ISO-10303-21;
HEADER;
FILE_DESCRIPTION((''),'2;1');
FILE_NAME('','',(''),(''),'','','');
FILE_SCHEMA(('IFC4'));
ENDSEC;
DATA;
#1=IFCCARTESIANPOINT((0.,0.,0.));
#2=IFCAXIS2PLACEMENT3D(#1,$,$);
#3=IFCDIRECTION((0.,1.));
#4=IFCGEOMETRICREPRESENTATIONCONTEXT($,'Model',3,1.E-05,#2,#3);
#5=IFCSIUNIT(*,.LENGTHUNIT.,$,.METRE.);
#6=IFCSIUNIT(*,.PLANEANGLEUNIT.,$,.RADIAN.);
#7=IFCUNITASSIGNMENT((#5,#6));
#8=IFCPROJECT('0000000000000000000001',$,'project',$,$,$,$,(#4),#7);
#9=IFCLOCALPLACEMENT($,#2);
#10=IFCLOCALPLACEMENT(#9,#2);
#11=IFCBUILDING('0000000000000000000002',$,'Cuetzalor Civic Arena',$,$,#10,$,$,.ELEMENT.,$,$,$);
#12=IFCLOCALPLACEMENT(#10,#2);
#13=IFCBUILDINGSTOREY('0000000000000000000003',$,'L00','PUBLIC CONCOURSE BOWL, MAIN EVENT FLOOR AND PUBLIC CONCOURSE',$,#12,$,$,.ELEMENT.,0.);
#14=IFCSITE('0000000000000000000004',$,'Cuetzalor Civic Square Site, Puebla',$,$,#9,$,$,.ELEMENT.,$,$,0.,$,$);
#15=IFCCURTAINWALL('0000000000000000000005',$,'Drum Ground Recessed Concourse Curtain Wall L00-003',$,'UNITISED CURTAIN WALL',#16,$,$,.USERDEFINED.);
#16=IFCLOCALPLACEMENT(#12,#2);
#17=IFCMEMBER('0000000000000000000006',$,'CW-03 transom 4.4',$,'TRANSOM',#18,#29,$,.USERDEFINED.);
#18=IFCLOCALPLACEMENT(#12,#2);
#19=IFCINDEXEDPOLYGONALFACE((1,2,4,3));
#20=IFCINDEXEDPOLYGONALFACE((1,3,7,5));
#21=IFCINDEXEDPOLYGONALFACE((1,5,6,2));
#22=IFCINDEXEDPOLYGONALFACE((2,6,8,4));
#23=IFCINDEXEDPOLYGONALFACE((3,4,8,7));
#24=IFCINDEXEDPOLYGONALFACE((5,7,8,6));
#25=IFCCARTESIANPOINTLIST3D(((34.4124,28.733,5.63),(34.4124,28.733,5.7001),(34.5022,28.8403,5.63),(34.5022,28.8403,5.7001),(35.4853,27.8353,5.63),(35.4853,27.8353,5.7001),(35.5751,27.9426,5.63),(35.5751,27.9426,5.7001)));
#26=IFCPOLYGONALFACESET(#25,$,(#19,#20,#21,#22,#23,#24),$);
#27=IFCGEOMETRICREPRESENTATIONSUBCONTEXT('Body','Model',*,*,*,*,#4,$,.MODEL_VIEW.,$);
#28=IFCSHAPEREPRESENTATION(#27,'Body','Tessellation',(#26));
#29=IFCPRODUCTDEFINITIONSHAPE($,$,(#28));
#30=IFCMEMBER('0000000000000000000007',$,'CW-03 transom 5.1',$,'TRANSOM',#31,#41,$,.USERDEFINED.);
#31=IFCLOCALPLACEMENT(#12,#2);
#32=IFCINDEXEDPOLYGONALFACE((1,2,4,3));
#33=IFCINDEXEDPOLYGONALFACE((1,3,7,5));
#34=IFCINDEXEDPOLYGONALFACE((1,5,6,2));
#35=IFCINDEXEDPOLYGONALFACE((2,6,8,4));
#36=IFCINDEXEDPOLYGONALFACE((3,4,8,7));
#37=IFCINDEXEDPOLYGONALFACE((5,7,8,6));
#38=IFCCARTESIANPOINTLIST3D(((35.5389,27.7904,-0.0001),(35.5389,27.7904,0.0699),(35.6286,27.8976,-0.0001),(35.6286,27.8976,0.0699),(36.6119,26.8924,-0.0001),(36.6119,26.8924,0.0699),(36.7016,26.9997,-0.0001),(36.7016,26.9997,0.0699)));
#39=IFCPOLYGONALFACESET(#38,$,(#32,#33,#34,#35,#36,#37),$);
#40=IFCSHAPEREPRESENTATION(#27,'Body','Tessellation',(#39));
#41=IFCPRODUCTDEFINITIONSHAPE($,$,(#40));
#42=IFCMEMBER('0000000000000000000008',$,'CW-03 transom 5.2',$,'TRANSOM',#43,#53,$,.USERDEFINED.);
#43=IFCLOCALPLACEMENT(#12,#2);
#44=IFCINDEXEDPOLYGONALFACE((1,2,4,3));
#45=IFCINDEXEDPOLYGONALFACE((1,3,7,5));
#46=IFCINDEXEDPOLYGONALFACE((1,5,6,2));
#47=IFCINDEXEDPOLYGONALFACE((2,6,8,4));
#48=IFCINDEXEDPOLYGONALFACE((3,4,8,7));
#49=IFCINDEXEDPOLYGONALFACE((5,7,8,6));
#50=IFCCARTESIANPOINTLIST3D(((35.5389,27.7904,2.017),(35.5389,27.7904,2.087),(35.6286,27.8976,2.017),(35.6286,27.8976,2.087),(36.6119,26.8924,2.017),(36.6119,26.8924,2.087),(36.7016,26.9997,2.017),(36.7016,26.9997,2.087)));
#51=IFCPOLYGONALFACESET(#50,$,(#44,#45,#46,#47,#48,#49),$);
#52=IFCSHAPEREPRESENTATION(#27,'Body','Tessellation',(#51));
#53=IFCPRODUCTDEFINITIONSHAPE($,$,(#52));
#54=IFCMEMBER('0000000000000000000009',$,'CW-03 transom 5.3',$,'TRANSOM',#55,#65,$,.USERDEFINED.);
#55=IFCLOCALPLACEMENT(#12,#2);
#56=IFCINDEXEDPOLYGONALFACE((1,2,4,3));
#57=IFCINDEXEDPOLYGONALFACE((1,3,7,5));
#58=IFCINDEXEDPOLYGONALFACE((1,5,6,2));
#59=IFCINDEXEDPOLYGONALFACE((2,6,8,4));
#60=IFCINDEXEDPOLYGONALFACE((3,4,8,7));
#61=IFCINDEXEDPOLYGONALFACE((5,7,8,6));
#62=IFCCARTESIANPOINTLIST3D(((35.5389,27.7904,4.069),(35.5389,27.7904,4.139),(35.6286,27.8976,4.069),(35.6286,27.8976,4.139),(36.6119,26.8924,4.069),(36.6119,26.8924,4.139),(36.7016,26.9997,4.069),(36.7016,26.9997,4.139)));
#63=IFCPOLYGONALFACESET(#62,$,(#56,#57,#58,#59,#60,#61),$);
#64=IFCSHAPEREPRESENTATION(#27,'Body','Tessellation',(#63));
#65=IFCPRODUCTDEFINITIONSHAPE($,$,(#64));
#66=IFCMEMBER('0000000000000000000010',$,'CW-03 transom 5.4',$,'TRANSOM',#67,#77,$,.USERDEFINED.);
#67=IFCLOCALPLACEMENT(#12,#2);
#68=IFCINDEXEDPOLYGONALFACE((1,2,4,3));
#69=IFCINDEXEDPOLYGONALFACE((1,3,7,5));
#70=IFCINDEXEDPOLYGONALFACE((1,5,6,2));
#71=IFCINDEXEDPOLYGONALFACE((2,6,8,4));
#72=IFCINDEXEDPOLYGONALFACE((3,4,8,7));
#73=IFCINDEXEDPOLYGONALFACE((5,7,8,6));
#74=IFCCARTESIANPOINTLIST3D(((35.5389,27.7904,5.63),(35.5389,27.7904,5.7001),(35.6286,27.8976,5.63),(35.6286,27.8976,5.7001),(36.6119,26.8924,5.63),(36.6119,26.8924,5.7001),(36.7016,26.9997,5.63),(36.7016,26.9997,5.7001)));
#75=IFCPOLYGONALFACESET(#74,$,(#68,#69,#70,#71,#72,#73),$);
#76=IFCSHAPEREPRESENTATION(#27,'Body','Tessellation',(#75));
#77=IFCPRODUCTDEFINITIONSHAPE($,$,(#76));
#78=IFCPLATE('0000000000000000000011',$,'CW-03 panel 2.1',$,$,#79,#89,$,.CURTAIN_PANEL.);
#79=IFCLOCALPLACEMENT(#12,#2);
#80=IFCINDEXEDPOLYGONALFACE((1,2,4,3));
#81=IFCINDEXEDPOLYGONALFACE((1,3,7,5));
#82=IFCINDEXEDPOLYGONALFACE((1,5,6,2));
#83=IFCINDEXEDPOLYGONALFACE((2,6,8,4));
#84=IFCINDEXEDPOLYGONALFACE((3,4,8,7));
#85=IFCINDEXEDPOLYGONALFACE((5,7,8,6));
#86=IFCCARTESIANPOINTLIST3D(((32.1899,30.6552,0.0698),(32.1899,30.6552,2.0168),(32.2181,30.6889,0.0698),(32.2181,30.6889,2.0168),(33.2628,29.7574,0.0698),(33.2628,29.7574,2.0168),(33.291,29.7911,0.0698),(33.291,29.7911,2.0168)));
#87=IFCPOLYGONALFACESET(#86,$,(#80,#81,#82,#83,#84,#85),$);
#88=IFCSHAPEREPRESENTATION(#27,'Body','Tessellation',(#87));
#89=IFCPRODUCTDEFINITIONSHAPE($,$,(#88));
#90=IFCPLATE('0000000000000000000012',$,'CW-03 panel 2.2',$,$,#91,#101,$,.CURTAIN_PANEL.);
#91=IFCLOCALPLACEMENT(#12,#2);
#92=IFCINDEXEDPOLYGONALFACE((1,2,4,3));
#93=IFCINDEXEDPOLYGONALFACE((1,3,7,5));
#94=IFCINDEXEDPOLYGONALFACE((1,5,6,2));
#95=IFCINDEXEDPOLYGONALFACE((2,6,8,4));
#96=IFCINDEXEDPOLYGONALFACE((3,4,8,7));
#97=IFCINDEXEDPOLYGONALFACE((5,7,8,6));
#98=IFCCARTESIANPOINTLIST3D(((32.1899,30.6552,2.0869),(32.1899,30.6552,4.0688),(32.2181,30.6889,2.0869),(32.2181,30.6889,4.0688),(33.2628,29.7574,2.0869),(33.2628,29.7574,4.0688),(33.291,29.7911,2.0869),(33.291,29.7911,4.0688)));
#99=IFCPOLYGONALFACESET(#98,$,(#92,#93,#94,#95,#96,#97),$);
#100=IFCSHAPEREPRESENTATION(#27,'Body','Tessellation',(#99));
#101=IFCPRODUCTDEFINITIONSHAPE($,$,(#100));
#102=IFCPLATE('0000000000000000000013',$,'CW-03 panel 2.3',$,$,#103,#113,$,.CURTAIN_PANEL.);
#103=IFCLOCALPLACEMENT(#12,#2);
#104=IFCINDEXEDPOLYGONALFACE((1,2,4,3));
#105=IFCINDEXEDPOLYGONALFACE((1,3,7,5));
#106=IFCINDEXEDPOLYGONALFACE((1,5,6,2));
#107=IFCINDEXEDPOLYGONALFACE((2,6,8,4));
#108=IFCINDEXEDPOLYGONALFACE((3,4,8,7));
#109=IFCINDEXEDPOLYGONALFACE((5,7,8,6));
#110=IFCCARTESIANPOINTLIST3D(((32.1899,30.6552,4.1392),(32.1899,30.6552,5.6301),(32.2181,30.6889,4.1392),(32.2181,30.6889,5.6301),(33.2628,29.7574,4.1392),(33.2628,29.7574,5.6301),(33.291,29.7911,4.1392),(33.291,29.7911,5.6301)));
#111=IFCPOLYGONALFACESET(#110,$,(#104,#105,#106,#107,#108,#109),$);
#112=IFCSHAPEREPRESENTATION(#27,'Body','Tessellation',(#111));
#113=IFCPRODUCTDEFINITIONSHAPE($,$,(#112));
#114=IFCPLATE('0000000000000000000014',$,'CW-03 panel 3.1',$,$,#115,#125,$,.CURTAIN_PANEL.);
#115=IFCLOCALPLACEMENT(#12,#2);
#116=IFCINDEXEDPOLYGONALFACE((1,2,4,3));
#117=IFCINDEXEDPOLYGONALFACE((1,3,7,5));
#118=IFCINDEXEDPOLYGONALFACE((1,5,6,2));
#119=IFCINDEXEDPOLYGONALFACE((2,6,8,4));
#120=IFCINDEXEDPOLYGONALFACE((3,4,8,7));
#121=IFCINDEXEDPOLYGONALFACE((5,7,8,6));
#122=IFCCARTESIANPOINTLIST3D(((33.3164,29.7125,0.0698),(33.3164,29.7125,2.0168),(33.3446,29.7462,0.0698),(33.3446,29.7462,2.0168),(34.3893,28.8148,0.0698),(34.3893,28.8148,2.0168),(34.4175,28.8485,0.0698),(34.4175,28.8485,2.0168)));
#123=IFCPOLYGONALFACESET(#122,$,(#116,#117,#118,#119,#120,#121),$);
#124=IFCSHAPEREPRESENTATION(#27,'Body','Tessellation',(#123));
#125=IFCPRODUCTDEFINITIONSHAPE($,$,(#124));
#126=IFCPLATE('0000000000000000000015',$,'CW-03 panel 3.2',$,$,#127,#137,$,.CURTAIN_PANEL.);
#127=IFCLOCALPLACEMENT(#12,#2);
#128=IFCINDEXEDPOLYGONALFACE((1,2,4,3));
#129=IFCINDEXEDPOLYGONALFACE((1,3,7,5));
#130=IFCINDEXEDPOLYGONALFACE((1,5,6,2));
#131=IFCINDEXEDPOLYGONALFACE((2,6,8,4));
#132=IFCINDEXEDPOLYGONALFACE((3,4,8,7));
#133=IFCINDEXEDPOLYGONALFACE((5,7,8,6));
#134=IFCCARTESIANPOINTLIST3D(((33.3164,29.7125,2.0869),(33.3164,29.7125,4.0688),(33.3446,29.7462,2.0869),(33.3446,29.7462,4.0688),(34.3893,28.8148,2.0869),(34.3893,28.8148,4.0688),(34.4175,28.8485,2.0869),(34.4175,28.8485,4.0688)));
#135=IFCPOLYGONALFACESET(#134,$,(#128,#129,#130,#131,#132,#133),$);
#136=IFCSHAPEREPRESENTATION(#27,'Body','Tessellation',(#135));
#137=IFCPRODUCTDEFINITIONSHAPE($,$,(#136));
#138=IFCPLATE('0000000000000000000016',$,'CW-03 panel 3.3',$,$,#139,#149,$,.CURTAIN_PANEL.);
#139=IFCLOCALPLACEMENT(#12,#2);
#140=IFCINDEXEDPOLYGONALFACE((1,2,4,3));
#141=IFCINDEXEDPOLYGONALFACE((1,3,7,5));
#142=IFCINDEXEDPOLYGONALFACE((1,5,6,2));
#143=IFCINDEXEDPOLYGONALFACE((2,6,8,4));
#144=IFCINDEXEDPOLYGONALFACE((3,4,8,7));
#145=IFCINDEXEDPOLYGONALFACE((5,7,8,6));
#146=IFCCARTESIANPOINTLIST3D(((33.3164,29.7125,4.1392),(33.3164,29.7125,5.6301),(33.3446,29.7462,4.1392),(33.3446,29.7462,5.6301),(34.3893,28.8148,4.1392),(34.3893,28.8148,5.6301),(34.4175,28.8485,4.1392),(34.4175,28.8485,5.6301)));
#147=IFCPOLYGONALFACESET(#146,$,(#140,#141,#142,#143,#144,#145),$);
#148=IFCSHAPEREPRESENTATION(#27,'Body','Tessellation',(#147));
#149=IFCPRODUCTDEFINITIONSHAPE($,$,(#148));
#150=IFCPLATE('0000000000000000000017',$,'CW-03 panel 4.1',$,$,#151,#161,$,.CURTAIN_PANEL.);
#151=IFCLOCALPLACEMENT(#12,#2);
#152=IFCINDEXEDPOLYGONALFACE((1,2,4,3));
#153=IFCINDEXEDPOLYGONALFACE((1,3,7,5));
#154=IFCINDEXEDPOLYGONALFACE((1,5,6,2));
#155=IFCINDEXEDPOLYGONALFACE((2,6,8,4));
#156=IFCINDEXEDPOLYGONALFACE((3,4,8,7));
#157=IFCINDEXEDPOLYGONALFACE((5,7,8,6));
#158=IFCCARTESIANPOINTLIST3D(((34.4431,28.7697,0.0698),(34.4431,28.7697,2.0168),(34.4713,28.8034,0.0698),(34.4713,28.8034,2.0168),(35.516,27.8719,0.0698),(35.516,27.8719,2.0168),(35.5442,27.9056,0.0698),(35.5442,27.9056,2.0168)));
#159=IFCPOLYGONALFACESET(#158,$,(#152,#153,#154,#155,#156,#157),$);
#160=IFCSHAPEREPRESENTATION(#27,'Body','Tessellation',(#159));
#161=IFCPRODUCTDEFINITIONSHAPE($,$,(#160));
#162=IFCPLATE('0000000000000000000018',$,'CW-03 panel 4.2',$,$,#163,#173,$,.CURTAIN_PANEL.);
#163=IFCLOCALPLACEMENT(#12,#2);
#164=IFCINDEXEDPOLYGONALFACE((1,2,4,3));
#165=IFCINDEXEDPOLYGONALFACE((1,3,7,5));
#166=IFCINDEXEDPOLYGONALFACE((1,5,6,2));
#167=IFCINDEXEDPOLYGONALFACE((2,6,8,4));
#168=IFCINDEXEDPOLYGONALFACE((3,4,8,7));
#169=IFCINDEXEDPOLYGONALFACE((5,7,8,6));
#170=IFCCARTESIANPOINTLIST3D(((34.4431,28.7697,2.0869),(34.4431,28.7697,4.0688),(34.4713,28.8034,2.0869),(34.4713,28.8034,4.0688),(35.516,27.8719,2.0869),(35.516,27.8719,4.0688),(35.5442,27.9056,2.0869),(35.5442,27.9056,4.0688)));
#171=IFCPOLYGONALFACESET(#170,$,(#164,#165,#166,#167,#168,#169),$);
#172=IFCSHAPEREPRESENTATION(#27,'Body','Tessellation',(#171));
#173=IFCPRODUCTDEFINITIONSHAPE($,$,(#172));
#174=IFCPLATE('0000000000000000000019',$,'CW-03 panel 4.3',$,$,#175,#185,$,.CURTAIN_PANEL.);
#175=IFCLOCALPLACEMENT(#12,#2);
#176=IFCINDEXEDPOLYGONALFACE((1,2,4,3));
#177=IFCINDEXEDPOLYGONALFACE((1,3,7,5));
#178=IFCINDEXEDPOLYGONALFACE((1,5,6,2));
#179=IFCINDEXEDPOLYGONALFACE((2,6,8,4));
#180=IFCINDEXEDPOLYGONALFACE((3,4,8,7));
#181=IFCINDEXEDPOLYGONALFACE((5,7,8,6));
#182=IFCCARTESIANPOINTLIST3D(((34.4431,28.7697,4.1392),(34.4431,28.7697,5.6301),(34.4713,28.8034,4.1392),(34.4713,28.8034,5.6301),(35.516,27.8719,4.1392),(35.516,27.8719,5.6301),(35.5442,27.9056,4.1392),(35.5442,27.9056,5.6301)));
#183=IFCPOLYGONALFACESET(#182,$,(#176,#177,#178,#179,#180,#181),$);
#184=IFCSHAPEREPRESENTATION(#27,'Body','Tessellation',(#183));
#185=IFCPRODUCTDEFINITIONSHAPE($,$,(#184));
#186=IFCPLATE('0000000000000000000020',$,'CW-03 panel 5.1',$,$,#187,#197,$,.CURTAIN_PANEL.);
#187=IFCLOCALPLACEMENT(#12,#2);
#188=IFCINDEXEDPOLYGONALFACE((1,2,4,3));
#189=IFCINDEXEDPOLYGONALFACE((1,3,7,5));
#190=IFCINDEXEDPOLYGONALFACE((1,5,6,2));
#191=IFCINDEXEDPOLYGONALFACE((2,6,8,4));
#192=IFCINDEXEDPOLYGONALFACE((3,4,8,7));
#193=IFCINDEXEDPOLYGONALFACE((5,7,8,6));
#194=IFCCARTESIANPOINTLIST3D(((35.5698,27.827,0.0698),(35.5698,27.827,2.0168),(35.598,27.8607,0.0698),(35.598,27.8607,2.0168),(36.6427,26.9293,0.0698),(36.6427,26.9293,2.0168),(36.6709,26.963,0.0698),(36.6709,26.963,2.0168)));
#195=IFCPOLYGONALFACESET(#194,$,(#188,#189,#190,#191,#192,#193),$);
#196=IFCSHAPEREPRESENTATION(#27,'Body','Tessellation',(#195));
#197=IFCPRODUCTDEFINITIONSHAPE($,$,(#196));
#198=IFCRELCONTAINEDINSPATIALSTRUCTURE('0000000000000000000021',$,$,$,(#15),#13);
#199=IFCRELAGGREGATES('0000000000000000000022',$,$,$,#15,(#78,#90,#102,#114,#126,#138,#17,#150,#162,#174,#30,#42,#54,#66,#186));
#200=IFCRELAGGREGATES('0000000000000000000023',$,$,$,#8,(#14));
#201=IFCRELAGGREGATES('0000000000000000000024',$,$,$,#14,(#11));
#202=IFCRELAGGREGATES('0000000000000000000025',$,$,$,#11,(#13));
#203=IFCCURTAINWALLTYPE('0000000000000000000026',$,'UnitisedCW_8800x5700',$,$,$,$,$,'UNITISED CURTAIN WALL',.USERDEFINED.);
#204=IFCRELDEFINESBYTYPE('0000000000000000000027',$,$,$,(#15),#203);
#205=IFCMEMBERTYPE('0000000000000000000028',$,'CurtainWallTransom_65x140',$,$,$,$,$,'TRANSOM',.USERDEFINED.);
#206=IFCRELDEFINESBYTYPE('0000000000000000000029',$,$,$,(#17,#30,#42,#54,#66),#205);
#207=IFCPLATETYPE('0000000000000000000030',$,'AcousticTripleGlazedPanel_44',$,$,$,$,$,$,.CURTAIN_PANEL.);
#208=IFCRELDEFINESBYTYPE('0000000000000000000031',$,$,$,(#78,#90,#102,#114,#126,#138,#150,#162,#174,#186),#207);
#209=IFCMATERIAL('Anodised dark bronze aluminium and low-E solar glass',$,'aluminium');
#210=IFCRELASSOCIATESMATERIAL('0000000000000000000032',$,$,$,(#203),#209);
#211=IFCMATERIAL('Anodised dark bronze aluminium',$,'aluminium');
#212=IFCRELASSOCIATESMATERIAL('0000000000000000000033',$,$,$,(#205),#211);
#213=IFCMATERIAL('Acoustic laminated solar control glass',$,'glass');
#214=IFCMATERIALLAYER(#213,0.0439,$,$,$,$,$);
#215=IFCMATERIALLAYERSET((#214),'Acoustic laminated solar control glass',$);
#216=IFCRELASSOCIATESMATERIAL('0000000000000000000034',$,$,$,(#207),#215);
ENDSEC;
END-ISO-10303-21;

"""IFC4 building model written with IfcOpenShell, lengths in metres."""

from ifc_helpers import new_model, si_unit, direction, frame, origin, origin_2d, place, context, subcontext, project, spatial, rectangle, extrude, material, layer, layer_set, material_profile, profile_set, type_object, element, aggregate, save


model = new_model("IFC4")

# Units and contexts
model_context = context("Model", 3, precision=1e-05, world=origin(), true_north=direction((0.0, 1.0)))
body_context = subcontext(model_context, "Body", "Model", "MODEL_VIEW")
ifc_project = project(units=[si_unit("LENGTHUNIT", "METRE"), si_unit("PLANEANGLEUNIT", "RADIAN")], contexts=[model_context])

# Site, building, storey
site_placement = place(None, origin())
site = spatial("IfcSite", under=ifc_project, at=site_placement, Name="Cuetzalor Civic Square Site, Puebla", CompositionType="ELEMENT", RefElevation=0.0)
building_placement = place(site_placement, origin())
building = spatial("IfcBuilding", under=site, at=building_placement, Name="Cuetzalor Civic Arena", CompositionType="ELEMENT")
storey_placement = place(building_placement, origin())
storey = spatial("IfcBuildingStorey", under=building, at=storey_placement, Name="L00", Description="PUBLIC CONCOURSE BOWL, MAIN EVENT FLOOR AND PUBLIC CONCOURSE", CompositionType="ELEMENT", Elevation=0.0)

# Curtain wall, members, plates
ifc_material_1 = material(Name="Anodised dark bronze aluminium and low-E solar glass", Category="aluminium")
curtain_wall_type = type_object("IfcCurtainWallType", Name="UnitisedCW_8800x5700", ElementType="UNITISED CURTAIN WALL", PredefinedType="USERDEFINED", material=ifc_material_1)
curtain_wall_placement = place(storey_placement, origin())
curtain_wall = element("IfcCurtainWall", 1, at=curtain_wall_placement, inside=storey, type_object=curtain_wall_type, Name="Drum Ground Recessed Concourse Curtain Wall L00-003", ObjectType="UNITISED CURTAIN WALL", PredefinedType="USERDEFINED")
ifc_material_2 = material(Name="Anodised dark bronze aluminium", Category="aluminium")
ifc_material_profile_1 = material_profile(ifc_material_2, rectangle(XDim=0.1399, YDim=0.0701, at=origin_2d()), Name="ALU TRANSOM 70x140")
ifc_profile_set_1 = profile_set([ifc_material_profile_1], Name="Anodised dark bronze aluminium")
member_type_1 = type_object("IfcMemberType", Name="CurtainWallTransom_65x140", ElementType="TRANSOM", PredefinedType="USERDEFINED", material=ifc_profile_set_1)
member_1_placement = place(storey_placement, frame((34.4573, 28.7866, 5.665), z_axis=(0.766975, -0.641677, 0.0), x_axis=(0.641677, 0.766975, 0.0)))
member_1 = element("IfcMember", 2, at=member_1_placement, type_object=member_type_1, Name="CW-03 transom 4.4", ObjectType="TRANSOM", PredefinedType="USERDEFINED", context=body_context, shape_type="SweptSolid", body=[
    extrude(rectangle(XDim=0.1399, YDim=0.0701, at=origin_2d()), origin(), (0.0, 0.0, 1.0), 1.3989),
])
member_2_placement = place(storey_placement, frame((35.5837, 27.844, 0.0349), z_axis=(0.766889, -0.641779, 0.0), x_axis=(0.641779, 0.766889, 0.0)))
member_2 = element("IfcMember", 3, at=member_2_placement, type_object=member_type_1, Name="CW-03 transom 5.1", ObjectType="TRANSOM", PredefinedType="USERDEFINED", context=body_context, shape_type="SweptSolid", body=[
    extrude(rectangle(XDim=0.1399, YDim=0.0701, at=origin_2d()), origin(), (0.0, 0.0, 1.0), 1.3992),
])
member_3_placement = place(storey_placement, frame((35.5837, 27.844, 2.052), z_axis=(0.766889, -0.641779, 0.0), x_axis=(0.641779, 0.766889, 0.0)))
member_3 = element("IfcMember", 4, at=member_3_placement, type_object=member_type_1, Name="CW-03 transom 5.2", ObjectType="TRANSOM", PredefinedType="USERDEFINED", context=body_context, shape_type="SweptSolid", body=[
    extrude(rectangle(XDim=0.1399, YDim=0.0701, at=origin_2d()), origin(), (0.0, 0.0, 1.0), 1.3992),
])
member_4_placement = place(storey_placement, frame((35.5837, 27.844, 4.104), z_axis=(0.766889, -0.641779, 0.0), x_axis=(0.641779, 0.766889, 0.0)))
member_4 = element("IfcMember", 5, at=member_4_placement, type_object=member_type_1, Name="CW-03 transom 5.3", ObjectType="TRANSOM", PredefinedType="USERDEFINED", context=body_context, shape_type="SweptSolid", body=[
    extrude(rectangle(XDim=0.1399, YDim=0.0701, at=origin_2d()), origin(), (0.0, 0.0, 1.0), 1.3992),
])
member_5_placement = place(storey_placement, frame((35.5837, 27.844, 5.665), z_axis=(0.766889, -0.641779, 0.0), x_axis=(0.641779, 0.766889, 0.0)))
member_5 = element("IfcMember", 6, at=member_5_placement, type_object=member_type_1, Name="CW-03 transom 5.4", ObjectType="TRANSOM", PredefinedType="USERDEFINED", context=body_context, shape_type="SweptSolid", body=[
    extrude(rectangle(XDim=0.1399, YDim=0.0701, at=origin_2d()), origin(), (0.0, 0.0, 1.0), 1.3992),
])
ifc_material_3 = material(Name="Acoustic laminated solar control glass", Category="glass")
ifc_layer_1 = layer(ifc_material_3, 0.0439)
ifc_layer_set_1 = layer_set([ifc_layer_1], Name="Acoustic laminated solar control glass")
plate_type = type_object("IfcPlateType", Name="AcousticTripleGlazedPanel_44", PredefinedType="CURTAIN_PANEL", material=ifc_layer_set_1)
plate_1_placement = place(storey_placement, frame((32.7405, 30.2231, 0.0698), z_axis=(0.0, 0.0, 1.0), x_axis=(0.766928, -0.641733, 0.0)))
plate_1 = element("IfcPlate", 7, at=plate_1_placement, type_object=plate_type, Name="CW-03 panel 2.1", PredefinedType="CURTAIN_PANEL", context=body_context, shape_type="SweptSolid", body=[
    extrude(rectangle(XDim=1.3989, YDim=0.0439, at=origin_2d()), origin(), (0.0, 0.0, 1.0), 1.947),
])
plate_2_placement = place(storey_placement, frame((32.7405, 30.2231, 2.0869), z_axis=(0.0, 0.0, 1.0), x_axis=(0.766928, -0.641733, 0.0)))
plate_2 = element("IfcPlate", 8, at=plate_2_placement, type_object=plate_type, Name="CW-03 panel 2.2", PredefinedType="CURTAIN_PANEL", context=body_context, shape_type="SweptSolid", body=[
    extrude(rectangle(XDim=1.3989, YDim=0.0439, at=origin_2d()), origin(), (0.0, 0.0, 1.0), 1.9819),
])
plate_3_placement = place(storey_placement, frame((32.7405, 30.2231, 4.1392), z_axis=(0.0, 0.0, 1.0), x_axis=(0.766928, -0.641733, 0.0)))
plate_3 = element("IfcPlate", 9, at=plate_3_placement, type_object=plate_type, Name="CW-03 panel 2.3", PredefinedType="CURTAIN_PANEL", context=body_context, shape_type="SweptSolid", body=[
    extrude(rectangle(XDim=1.3989, YDim=0.0439, at=origin_2d()), origin(), (0.0, 0.0, 1.0), 1.491),
])
plate_4_placement = place(storey_placement, frame((33.8669, 29.2805, 0.0698), z_axis=(0.0, 0.0, 1.0), x_axis=(0.766928, -0.641733, 0.0)))
plate_4 = element("IfcPlate", 10, at=plate_4_placement, type_object=plate_type, Name="CW-03 panel 3.1", PredefinedType="CURTAIN_PANEL", context=body_context, shape_type="SweptSolid", body=[
    extrude(rectangle(XDim=1.3989, YDim=0.0439, at=origin_2d()), origin(), (0.0, 0.0, 1.0), 1.947),
])
plate_5_placement = place(storey_placement, frame((33.8669, 29.2805, 2.0869), z_axis=(0.0, 0.0, 1.0), x_axis=(0.766928, -0.641733, 0.0)))
plate_5 = element("IfcPlate", 11, at=plate_5_placement, type_object=plate_type, Name="CW-03 panel 3.2", PredefinedType="CURTAIN_PANEL", context=body_context, shape_type="SweptSolid", body=[
    extrude(rectangle(XDim=1.3989, YDim=0.0439, at=origin_2d()), origin(), (0.0, 0.0, 1.0), 1.9819),
])
plate_6_placement = place(storey_placement, frame((33.8669, 29.2805, 4.1392), z_axis=(0.0, 0.0, 1.0), x_axis=(0.766928, -0.641733, 0.0)))
plate_6 = element("IfcPlate", 12, at=plate_6_placement, type_object=plate_type, Name="CW-03 panel 3.3", PredefinedType="CURTAIN_PANEL", context=body_context, shape_type="SweptSolid", body=[
    extrude(rectangle(XDim=1.3989, YDim=0.0439, at=origin_2d()), origin(), (0.0, 0.0, 1.0), 1.491),
])
plate_7_placement = place(storey_placement, frame((34.9937, 28.3376, 0.0698), z_axis=(0.0, 0.0, 1.0), x_axis=(0.766928, -0.641733, 0.0)))
plate_7 = element("IfcPlate", 13, at=plate_7_placement, type_object=plate_type, Name="CW-03 panel 4.1", PredefinedType="CURTAIN_PANEL", context=body_context, shape_type="SweptSolid", body=[
    extrude(rectangle(XDim=1.3989, YDim=0.0439, at=origin_2d()), origin(), (0.0, 0.0, 1.0), 1.947),
])
plate_8_placement = place(storey_placement, frame((34.9937, 28.3376, 2.0869), z_axis=(0.0, 0.0, 1.0), x_axis=(0.766928, -0.641733, 0.0)))
plate_8 = element("IfcPlate", 14, at=plate_8_placement, type_object=plate_type, Name="CW-03 panel 4.2", PredefinedType="CURTAIN_PANEL", context=body_context, shape_type="SweptSolid", body=[
    extrude(rectangle(XDim=1.3989, YDim=0.0439, at=origin_2d()), origin(), (0.0, 0.0, 1.0), 1.9819),
])
plate_9_placement = place(storey_placement, frame((34.9937, 28.3376, 4.1392), z_axis=(0.0, 0.0, 1.0), x_axis=(0.766928, -0.641733, 0.0)))
plate_9 = element("IfcPlate", 15, at=plate_9_placement, type_object=plate_type, Name="CW-03 panel 4.3", PredefinedType="CURTAIN_PANEL", context=body_context, shape_type="SweptSolid", body=[
    extrude(rectangle(XDim=1.3989, YDim=0.0439, at=origin_2d()), origin(), (0.0, 0.0, 1.0), 1.491),
])
plate_10_placement = place(storey_placement, frame((36.1204, 27.395, 0.0698), z_axis=(0.0, 0.0, 1.0), x_axis=(0.766928, -0.641733, 0.0)))
plate_10 = element("IfcPlate", 16, at=plate_10_placement, type_object=plate_type, Name="CW-03 panel 5.1", PredefinedType="CURTAIN_PANEL", context=body_context, shape_type="SweptSolid", body=[
    extrude(rectangle(XDim=1.3989, YDim=0.0439, at=origin_2d()), origin(), (0.0, 0.0, 1.0), 1.947),
])
aggregate(curtain_wall, [plate_1, plate_2, plate_3, plate_4, plate_5, plate_6, member_1, plate_7, plate_8, plate_9, member_2, member_3, member_4, member_5, plate_10])

save(model, "model.ifc")
